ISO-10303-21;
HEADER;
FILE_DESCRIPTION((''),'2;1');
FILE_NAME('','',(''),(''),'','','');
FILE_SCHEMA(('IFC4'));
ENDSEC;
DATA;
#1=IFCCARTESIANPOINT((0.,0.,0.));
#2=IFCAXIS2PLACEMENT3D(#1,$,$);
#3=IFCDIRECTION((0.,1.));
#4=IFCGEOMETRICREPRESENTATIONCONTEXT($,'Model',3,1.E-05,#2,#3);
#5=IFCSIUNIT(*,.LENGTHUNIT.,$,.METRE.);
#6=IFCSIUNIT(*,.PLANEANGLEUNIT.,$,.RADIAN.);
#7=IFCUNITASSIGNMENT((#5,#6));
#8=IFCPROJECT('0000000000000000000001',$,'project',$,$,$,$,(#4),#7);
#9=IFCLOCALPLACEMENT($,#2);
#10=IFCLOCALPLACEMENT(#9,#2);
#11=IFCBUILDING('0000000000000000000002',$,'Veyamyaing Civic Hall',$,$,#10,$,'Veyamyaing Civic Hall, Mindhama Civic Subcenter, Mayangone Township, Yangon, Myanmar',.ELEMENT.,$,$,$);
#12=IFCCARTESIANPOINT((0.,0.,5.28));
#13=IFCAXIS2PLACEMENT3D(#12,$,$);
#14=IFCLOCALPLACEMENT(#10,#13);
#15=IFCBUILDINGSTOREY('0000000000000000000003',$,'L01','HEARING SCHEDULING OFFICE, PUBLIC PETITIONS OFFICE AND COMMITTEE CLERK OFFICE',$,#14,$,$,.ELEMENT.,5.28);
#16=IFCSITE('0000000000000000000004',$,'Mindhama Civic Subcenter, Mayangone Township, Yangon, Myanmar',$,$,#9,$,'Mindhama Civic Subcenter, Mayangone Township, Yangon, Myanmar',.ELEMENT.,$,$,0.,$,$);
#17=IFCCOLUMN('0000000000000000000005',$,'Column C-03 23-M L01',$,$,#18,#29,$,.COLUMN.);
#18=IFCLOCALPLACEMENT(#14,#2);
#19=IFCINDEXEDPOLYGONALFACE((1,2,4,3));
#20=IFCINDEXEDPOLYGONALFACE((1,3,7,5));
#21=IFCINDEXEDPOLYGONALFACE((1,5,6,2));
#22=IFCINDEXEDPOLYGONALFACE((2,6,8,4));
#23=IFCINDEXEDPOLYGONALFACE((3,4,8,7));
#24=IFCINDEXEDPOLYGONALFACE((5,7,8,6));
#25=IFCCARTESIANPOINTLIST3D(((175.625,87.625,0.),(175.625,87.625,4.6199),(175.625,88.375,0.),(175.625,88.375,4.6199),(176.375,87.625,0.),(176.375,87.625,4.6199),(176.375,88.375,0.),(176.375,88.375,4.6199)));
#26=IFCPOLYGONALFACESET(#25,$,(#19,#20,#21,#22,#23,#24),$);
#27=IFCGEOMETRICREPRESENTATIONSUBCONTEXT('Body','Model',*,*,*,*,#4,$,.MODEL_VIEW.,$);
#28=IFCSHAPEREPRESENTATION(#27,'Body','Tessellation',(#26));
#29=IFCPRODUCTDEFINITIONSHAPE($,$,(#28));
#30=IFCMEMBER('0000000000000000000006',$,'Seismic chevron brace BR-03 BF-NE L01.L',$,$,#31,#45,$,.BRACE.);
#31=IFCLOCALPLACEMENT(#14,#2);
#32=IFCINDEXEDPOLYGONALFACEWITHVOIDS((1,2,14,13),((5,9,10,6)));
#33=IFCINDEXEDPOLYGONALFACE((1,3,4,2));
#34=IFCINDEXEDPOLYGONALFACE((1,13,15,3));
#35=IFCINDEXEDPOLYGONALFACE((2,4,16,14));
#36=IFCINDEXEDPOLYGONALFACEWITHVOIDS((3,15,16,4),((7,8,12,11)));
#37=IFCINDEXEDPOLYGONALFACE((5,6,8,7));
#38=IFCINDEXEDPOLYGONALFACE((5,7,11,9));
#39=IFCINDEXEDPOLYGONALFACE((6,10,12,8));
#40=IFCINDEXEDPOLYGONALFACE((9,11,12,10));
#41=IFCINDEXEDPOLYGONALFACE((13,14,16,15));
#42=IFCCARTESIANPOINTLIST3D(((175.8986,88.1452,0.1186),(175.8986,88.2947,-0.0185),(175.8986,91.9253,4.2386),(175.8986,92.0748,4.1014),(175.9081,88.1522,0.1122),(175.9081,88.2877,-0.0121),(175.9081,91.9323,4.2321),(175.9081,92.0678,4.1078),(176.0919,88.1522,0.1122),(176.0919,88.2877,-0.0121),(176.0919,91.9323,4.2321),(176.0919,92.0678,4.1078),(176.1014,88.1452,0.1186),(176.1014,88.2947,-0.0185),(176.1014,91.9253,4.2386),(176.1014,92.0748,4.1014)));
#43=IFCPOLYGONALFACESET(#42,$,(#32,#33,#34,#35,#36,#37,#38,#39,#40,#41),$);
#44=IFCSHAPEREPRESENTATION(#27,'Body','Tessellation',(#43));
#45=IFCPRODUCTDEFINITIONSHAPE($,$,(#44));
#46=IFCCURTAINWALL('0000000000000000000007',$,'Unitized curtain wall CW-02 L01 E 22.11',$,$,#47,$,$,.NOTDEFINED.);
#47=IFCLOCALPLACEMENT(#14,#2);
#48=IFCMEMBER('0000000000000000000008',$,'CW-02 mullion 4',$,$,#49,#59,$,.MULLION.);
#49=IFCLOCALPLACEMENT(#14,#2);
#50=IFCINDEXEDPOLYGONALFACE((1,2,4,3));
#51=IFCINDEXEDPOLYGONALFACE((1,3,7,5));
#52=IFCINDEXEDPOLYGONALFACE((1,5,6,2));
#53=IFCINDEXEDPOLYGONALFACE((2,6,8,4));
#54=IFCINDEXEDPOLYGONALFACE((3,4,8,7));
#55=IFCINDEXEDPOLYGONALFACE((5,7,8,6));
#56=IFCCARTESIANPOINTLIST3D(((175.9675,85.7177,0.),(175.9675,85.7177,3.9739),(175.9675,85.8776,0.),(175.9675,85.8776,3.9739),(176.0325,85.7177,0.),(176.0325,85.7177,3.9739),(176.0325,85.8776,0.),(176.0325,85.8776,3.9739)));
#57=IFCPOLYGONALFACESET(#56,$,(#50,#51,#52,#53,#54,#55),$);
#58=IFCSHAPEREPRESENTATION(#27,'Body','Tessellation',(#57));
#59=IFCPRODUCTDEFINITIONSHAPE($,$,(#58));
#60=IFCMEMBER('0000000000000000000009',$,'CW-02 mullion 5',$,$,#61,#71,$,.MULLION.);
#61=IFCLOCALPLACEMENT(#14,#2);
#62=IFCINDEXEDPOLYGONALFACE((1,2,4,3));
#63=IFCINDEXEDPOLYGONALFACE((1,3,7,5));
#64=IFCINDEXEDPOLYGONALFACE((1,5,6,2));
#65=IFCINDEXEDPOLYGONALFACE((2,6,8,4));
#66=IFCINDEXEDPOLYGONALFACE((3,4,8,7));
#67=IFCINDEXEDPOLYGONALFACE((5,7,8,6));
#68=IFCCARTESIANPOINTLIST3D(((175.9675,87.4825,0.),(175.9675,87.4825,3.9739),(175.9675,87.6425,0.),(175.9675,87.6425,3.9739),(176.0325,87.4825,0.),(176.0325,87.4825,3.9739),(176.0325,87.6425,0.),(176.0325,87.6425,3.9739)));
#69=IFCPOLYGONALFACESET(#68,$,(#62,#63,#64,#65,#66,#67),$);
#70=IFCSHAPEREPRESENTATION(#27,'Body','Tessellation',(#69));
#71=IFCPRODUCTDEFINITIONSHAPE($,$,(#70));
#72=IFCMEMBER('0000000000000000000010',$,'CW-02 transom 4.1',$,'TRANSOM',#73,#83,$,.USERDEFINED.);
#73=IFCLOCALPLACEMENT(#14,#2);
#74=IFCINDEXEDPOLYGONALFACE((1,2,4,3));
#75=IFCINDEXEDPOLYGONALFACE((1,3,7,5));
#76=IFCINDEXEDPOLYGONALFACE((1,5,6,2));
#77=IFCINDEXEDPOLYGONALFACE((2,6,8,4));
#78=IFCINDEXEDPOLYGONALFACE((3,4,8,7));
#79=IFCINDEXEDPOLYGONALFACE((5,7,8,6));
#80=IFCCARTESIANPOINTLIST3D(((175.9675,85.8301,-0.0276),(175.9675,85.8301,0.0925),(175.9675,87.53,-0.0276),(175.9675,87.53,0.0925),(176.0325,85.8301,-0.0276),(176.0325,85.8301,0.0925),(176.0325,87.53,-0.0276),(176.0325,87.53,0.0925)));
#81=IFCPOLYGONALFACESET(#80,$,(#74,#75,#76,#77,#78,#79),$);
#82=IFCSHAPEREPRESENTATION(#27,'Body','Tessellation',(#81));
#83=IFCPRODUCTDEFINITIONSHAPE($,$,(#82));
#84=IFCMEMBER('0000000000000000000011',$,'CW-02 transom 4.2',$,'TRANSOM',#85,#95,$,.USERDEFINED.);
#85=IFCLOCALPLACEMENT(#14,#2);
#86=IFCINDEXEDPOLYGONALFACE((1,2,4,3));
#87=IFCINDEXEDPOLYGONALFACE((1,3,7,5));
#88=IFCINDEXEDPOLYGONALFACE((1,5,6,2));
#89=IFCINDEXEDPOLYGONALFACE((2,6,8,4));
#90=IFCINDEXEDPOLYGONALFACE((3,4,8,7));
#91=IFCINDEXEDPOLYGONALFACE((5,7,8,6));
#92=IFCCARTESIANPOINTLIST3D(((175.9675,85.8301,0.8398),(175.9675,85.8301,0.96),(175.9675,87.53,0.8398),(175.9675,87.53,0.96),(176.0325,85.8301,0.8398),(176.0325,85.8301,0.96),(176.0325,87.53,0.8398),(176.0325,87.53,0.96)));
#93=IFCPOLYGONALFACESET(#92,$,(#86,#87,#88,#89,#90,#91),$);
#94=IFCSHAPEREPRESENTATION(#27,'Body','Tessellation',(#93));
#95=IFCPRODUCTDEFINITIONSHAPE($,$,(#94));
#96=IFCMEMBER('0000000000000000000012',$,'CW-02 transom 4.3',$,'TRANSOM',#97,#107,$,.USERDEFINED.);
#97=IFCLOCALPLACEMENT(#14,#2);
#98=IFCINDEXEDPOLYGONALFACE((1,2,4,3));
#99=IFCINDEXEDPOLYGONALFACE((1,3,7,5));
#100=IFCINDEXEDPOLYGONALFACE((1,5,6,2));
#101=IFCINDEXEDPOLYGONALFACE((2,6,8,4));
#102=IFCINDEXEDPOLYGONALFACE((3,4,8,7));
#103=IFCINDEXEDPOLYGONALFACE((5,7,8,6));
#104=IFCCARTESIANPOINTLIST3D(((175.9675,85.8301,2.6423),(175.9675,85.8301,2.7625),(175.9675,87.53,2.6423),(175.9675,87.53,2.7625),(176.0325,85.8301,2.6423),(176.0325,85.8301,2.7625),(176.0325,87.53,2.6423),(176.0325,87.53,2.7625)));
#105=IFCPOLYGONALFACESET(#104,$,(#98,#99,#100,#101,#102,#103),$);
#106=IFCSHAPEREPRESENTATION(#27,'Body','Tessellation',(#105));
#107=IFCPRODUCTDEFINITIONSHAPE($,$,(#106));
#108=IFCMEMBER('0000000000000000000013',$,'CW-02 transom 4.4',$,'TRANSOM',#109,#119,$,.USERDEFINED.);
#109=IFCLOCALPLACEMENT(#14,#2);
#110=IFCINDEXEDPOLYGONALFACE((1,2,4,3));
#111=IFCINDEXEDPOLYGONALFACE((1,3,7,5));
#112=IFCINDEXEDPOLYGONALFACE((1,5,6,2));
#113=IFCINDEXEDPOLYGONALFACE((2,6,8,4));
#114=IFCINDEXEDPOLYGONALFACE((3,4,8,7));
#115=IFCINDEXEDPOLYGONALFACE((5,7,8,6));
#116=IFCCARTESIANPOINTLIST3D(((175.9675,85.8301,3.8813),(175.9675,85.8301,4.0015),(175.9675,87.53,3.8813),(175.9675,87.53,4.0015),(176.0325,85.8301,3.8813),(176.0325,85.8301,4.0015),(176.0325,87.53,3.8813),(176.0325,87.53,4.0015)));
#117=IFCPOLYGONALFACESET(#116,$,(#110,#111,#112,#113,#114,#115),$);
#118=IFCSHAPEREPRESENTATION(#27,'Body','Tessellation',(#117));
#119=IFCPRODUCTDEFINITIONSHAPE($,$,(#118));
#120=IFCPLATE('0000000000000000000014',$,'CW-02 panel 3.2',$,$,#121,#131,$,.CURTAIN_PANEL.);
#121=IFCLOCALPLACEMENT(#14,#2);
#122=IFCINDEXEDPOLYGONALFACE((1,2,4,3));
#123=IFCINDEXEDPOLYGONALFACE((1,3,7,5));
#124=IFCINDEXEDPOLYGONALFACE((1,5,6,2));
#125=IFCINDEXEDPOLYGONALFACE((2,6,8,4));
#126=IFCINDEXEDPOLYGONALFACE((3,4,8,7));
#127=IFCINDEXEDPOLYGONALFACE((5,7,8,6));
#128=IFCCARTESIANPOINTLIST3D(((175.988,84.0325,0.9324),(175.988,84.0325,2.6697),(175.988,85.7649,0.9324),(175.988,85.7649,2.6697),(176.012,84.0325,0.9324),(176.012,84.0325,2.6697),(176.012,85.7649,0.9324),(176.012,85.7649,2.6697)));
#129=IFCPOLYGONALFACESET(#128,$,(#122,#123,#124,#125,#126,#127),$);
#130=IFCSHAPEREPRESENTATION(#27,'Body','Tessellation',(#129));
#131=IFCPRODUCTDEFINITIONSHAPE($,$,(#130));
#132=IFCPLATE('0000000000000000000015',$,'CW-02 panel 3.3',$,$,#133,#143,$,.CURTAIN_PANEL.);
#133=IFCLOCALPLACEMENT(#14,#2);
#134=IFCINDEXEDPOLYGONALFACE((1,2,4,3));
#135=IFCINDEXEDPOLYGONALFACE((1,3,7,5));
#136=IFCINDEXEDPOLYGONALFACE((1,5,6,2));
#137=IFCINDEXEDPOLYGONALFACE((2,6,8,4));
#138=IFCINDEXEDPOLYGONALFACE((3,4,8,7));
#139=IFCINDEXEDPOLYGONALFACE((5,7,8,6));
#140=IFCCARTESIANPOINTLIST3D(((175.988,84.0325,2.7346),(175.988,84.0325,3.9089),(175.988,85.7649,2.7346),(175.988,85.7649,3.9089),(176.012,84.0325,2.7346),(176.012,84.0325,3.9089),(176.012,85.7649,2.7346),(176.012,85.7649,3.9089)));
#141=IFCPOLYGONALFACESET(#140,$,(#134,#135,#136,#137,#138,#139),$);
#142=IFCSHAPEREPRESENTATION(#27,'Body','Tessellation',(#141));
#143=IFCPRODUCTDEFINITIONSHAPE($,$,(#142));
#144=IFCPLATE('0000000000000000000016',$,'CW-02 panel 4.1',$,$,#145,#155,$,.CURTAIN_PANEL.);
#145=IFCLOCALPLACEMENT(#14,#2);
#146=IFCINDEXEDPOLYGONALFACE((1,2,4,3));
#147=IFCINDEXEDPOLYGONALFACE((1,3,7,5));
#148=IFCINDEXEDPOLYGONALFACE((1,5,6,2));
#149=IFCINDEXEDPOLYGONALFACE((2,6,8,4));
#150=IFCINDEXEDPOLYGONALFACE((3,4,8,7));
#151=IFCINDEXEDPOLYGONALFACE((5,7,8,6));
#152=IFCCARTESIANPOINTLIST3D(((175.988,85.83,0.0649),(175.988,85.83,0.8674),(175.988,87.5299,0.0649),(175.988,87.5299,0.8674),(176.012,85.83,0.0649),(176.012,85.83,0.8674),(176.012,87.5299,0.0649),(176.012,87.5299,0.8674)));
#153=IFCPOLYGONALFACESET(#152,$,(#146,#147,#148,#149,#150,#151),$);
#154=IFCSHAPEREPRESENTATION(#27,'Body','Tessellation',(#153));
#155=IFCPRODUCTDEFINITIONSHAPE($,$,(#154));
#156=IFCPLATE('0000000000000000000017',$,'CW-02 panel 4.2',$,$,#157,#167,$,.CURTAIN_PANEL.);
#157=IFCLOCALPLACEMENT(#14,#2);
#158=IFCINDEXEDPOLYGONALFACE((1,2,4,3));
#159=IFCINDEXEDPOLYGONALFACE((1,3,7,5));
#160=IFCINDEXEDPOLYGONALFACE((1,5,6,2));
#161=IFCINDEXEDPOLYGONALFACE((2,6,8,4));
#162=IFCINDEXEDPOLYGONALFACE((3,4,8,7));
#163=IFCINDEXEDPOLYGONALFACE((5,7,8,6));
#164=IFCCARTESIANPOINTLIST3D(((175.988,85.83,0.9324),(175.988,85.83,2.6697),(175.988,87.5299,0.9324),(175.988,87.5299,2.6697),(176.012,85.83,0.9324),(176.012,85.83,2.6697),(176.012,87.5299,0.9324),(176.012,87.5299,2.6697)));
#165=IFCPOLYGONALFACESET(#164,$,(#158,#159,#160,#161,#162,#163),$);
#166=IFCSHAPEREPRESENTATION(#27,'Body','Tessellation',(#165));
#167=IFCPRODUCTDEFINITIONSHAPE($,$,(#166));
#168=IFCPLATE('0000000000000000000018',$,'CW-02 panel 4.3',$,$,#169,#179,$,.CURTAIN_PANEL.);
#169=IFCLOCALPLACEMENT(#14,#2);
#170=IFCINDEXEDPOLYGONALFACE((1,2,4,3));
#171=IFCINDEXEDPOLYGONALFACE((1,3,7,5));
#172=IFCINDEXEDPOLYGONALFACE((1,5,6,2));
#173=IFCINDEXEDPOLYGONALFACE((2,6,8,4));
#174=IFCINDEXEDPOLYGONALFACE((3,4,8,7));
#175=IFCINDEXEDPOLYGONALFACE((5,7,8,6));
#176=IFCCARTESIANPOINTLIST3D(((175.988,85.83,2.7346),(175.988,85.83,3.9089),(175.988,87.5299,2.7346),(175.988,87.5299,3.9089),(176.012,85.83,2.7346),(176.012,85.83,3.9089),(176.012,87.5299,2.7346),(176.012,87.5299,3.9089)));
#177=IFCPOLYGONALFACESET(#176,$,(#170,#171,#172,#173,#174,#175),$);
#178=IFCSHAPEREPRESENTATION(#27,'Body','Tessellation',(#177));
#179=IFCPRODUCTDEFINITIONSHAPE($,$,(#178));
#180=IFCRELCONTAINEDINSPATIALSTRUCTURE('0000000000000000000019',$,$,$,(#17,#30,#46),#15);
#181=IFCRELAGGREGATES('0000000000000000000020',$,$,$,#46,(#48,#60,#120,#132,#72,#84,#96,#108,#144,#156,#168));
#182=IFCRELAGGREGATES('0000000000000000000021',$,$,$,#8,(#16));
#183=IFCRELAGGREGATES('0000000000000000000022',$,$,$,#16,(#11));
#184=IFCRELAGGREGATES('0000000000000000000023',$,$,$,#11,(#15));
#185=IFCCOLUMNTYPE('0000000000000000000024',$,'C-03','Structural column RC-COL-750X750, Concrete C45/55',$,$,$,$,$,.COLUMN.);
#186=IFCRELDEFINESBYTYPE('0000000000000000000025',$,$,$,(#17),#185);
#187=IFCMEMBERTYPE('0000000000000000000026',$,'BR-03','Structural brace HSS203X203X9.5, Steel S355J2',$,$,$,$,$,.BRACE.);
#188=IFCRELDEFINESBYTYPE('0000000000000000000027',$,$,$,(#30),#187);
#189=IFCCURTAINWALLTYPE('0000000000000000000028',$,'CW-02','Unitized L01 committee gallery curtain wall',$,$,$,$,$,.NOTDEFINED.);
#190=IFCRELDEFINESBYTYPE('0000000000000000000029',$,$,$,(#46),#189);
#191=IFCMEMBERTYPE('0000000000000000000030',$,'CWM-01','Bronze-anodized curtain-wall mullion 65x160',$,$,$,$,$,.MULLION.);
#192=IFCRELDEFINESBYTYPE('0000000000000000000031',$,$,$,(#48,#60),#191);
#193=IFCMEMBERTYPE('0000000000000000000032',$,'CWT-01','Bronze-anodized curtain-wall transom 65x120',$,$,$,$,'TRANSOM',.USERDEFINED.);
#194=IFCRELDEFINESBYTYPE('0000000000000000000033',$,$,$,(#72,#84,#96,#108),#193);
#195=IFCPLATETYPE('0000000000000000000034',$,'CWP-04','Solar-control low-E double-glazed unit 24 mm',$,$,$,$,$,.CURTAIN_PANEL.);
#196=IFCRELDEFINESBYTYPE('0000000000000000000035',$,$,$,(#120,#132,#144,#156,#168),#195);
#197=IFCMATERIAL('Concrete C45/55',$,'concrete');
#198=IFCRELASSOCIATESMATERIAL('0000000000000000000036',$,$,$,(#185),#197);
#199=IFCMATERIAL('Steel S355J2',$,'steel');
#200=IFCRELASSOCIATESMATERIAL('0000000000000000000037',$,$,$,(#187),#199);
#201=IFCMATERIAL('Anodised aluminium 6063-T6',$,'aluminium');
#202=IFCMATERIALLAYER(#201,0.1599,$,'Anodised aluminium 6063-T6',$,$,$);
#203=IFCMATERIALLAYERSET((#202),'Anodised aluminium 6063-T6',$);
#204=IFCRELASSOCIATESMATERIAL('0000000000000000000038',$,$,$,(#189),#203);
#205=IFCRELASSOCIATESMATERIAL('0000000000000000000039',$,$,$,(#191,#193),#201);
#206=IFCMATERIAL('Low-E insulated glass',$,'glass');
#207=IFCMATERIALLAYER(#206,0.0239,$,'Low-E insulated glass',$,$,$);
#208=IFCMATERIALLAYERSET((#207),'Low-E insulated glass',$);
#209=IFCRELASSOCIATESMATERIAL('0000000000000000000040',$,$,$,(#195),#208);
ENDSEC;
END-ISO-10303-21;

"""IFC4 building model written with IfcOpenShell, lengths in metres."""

from ifc_helpers import new_model, si_unit, direction, frame, origin, origin_2d, place, context, subcontext, project, spatial, rectangle, hollow_rectangle, extrude, material, layer, layer_set, material_profile, profile_set, type_object, element, aggregate, save


model = new_model("IFC4")

# Units and contexts
model_context = context("Model", 3, precision=1e-05, world=origin(), true_north=direction((0.0, 1.0)))
body_context = subcontext(model_context, "Body", "Model", "MODEL_VIEW")
ifc_project = project(units=[si_unit("LENGTHUNIT", "METRE"), si_unit("PLANEANGLEUNIT", "RADIAN")], contexts=[model_context])

# Site, building, storey
site_placement = place(None, origin())
site = spatial("IfcSite", under=ifc_project, at=site_placement, Name="Mindhama Civic Subcenter, Mayangone Township, Yangon, Myanmar", LongName="Mindhama Civic Subcenter, Mayangone Township, Yangon, Myanmar", CompositionType="ELEMENT", RefElevation=0.0)
building_placement = place(site_placement, origin())
building = spatial("IfcBuilding", under=site, at=building_placement, Name="Veyamyaing Civic Hall", LongName="Veyamyaing Civic Hall, Mindhama Civic Subcenter, Mayangone Township, Yangon, Myanmar", CompositionType="ELEMENT")
storey_placement = place(building_placement, frame((0.0, 0.0, 5.28)))
storey = spatial("IfcBuildingStorey", under=building, at=storey_placement, Name="L01", Description="HEARING SCHEDULING OFFICE, PUBLIC PETITIONS OFFICE AND COMMITTEE CLERK OFFICE", CompositionType="ELEMENT", Elevation=5.28)

# Column
ifc_material_1 = material(Name="Concrete C45/55", Category="concrete")
ifc_material_profile_1 = material_profile(ifc_material_1, rectangle(XDim=0.75, YDim=0.75, at=origin_2d()), Name="RC-COL-750X750")
ifc_profile_set_1 = profile_set([ifc_material_profile_1], Name="Concrete C45/55")
column_type = type_object("IfcColumnType", Name="C-03", Description="Structural column RC-COL-750X750, Concrete C45/55", PredefinedType="COLUMN", material=ifc_profile_set_1)
column_placement = place(storey_placement, frame((176.0, 88.0, 0.0), z_axis=(0.0, 0.0, 1.0), x_axis=(1.0, 0.0, 0.0)))
element("IfcColumn", 1, at=column_placement, inside=storey, type_object=column_type, Name="Column C-03 23-M L01", PredefinedType="COLUMN", context=body_context, shape_type="SweptSolid", body=[
    extrude(rectangle(XDim=0.75, YDim=0.75, at=origin_2d()), origin(), (0.0, 0.0, 1.0), 4.6199),
])

# Member
ifc_material_2 = material(Name="Steel S355J2", Category="steel")
ifc_material_profile_2 = material_profile(ifc_material_2, hollow_rectangle(XDim=0.2029, YDim=0.2029, WallThickness=0.0095, at=origin_2d()), Name="HSS203X203X9.5")
ifc_profile_set_2 = profile_set([ifc_material_profile_2], Name="Steel S355J2")
member_type_1 = type_object("IfcMemberType", Name="BR-03", Description="Structural brace HSS203X203X9.5, Steel S355J2", PredefinedType="BRACE", material=ifc_profile_set_2)
member_1_placement = place(storey_placement, frame((176.0, 88.22, 0.05), z_axis=(0.0, 0.676063, 0.736844), x_axis=(-1.0, 0.0, 0.0)))
element("IfcMember", 2, at=member_1_placement, inside=storey, type_object=member_type_1, Name="Seismic chevron brace BR-03 BF-NE L01.L", PredefinedType="BRACE", context=body_context, shape_type="SweptSolid", body=[
    extrude(hollow_rectangle(XDim=0.2029, YDim=0.2029, WallThickness=0.0095, at=origin_2d()), origin(), (0.0, 0.0, 1.0), 5.5913),
])

# Curtain wall, members, plates
ifc_material_3 = material(Name="Anodised aluminium 6063-T6", Category="aluminium")
ifc_layer_1 = layer(ifc_material_3, 0.1599, Name="Anodised aluminium 6063-T6")
ifc_layer_set_1 = layer_set([ifc_layer_1], Name="Anodised aluminium 6063-T6")
curtain_wall_type = type_object("IfcCurtainWallType", Name="CW-02", Description="Unitized L01 committee gallery curtain wall", PredefinedType="NOTDEFINED", material=ifc_layer_set_1)
curtain_wall_placement = place(storey_placement, origin())
curtain_wall = element("IfcCurtainWall", 3, at=curtain_wall_placement, inside=storey, type_object=curtain_wall_type, Name="Unitized curtain wall CW-02 L01 E 22.11", PredefinedType="NOTDEFINED")
ifc_material_profile_3 = material_profile(ifc_material_3, rectangle(XDim=0.0649, YDim=0.1599, at=origin_2d()), Name="ALU-MUL-65X160")
ifc_profile_set_3 = profile_set([ifc_material_profile_3], Name="Anodised aluminium 6063-T6")
member_type_2 = type_object("IfcMemberType", Name="CWM-01", Description="Bronze-anodized curtain-wall mullion 65x160", PredefinedType="MULLION", material=ifc_profile_set_3)
member_2_placement = place(storey_placement, frame((176.0, 85.7976, 0.0), z_axis=(0.0, 0.0, 1.0), x_axis=(-1.0, 0.0, 0.0)))
member_2 = element("IfcMember", 4, at=member_2_placement, type_object=member_type_2, Name="CW-02 mullion 4", PredefinedType="MULLION", context=body_context, shape_type="SweptSolid", body=[
    extrude(rectangle(XDim=0.0649, YDim=0.1599, at=origin_2d()), origin(), (0.0, 0.0, 1.0), 3.9739),
])
member_3_placement = place(storey_placement, frame((176.0, 87.5625, 0.0), z_axis=(0.0, 0.0, 1.0), x_axis=(-1.0, 0.0, 0.0)))
member_3 = element("IfcMember", 5, at=member_3_placement, type_object=member_type_2, Name="CW-02 mullion 5", PredefinedType="MULLION", context=body_context, shape_type="SweptSolid", body=[
    extrude(rectangle(XDim=0.0649, YDim=0.1599, at=origin_2d()), origin(), (0.0, 0.0, 1.0), 3.9739),
])
ifc_material_profile_4 = material_profile(ifc_material_3, rectangle(XDim=0.0649, YDim=0.1201, at=origin_2d()), Name="ALU-TRN-65X120")
ifc_profile_set_4 = profile_set([ifc_material_profile_4], Name="Anodised aluminium 6063-T6")
member_type_3 = type_object("IfcMemberType", Name="CWT-01", Description="Bronze-anodized curtain-wall transom 65x120", ElementType="TRANSOM", PredefinedType="USERDEFINED", material=ifc_profile_set_4)
member_4_placement = place(storey_placement, frame((176.0, 85.8301, 0.0325), z_axis=(0.0, 1.0, 0.0), x_axis=(-1.0, 0.0, 0.0)))
member_4 = element("IfcMember", 6, at=member_4_placement, type_object=member_type_3, Name="CW-02 transom 4.1", ObjectType="TRANSOM", PredefinedType="USERDEFINED", context=body_context, shape_type="SweptSolid", body=[
    extrude(rectangle(XDim=0.0649, YDim=0.1201, at=origin_2d()), origin(), (0.0, 0.0, 1.0), 1.7),
])
member_5_placement = place(storey_placement, frame((176.0, 85.8301, 0.8999), z_axis=(0.0, 1.0, 0.0), x_axis=(-1.0, 0.0, 0.0)))
member_5 = element("IfcMember", 7, at=member_5_placement, type_object=member_type_3, Name="CW-02 transom 4.2", ObjectType="TRANSOM", PredefinedType="USERDEFINED", context=body_context, shape_type="SweptSolid", body=[
    extrude(rectangle(XDim=0.0649, YDim=0.1201, at=origin_2d()), origin(), (0.0, 0.0, 1.0), 1.7),
])
member_6_placement = place(storey_placement, frame((176.0, 85.8301, 2.7024), z_axis=(0.0, 1.0, 0.0), x_axis=(-1.0, 0.0, 0.0)))
member_6 = element("IfcMember", 8, at=member_6_placement, type_object=member_type_3, Name="CW-02 transom 4.3", ObjectType="TRANSOM", PredefinedType="USERDEFINED", context=body_context, shape_type="SweptSolid", body=[
    extrude(rectangle(XDim=0.0649, YDim=0.1201, at=origin_2d()), origin(), (0.0, 0.0, 1.0), 1.7),
])
member_7_placement = place(storey_placement, frame((176.0, 85.8301, 3.9414), z_axis=(0.0, 1.0, 0.0), x_axis=(-1.0, 0.0, 0.0)))
member_7 = element("IfcMember", 9, at=member_7_placement, type_object=member_type_3, Name="CW-02 transom 4.4", ObjectType="TRANSOM", PredefinedType="USERDEFINED", context=body_context, shape_type="SweptSolid", body=[
    extrude(rectangle(XDim=0.0649, YDim=0.1201, at=origin_2d()), origin(), (0.0, 0.0, 1.0), 1.7),
])
ifc_material_4 = material(Name="Low-E insulated glass", Category="glass")
ifc_layer_2 = layer(ifc_material_4, 0.0239, Name="Low-E insulated glass")
ifc_layer_set_2 = layer_set([ifc_layer_2], Name="Low-E insulated glass")
plate_type_1 = type_object("IfcPlateType", Name="CWP-04", Description="Solar-control low-E double-glazed unit 24 mm", PredefinedType="CURTAIN_PANEL", material=ifc_layer_set_2)
plate_1_placement = place(storey_placement, frame((176.0, 84.8987, 0.9324), z_axis=(0.0, 0.0, 1.0), x_axis=(0.0, 1.0, 0.0)))
plate_1 = element("IfcPlate", 10, at=plate_1_placement, type_object=plate_type_1, Name="CW-02 panel 3.2", PredefinedType="CURTAIN_PANEL", context=body_context, shape_type="SweptSolid", body=[
    extrude(rectangle(XDim=1.7324, YDim=0.0239, at=origin_2d()), origin(), (0.0, 0.0, 1.0), 1.7373),
])
plate_2_placement = place(storey_placement, frame((176.0, 84.8987, 2.7346), z_axis=(0.0, 0.0, 1.0), x_axis=(0.0, 1.0, 0.0)))
plate_2 = element("IfcPlate", 11, at=plate_2_placement, type_object=plate_type_1, Name="CW-02 panel 3.3", PredefinedType="CURTAIN_PANEL", context=body_context, shape_type="SweptSolid", body=[
    extrude(rectangle(XDim=1.7324, YDim=0.0239, at=origin_2d()), origin(), (0.0, 0.0, 1.0), 1.1743),
])
plate_3_placement = place(storey_placement, frame((176.0, 86.6799, 0.0649), z_axis=(0.0, 0.0, 1.0), x_axis=(0.0, 1.0, 0.0)))
plate_3 = element("IfcPlate", 12, at=plate_3_placement, type_object=plate_type_1, Name="CW-02 panel 4.1", PredefinedType="CURTAIN_PANEL", context=body_context, shape_type="SweptSolid", body=[
    extrude(rectangle(XDim=1.7, YDim=0.0239, at=origin_2d()), origin(), (0.0, 0.0, 1.0), 0.8025),
])
plate_4_placement = place(storey_placement, frame((176.0, 86.6799, 0.9324), z_axis=(0.0, 0.0, 1.0), x_axis=(0.0, 1.0, 0.0)))
plate_4 = element("IfcPlate", 13, at=plate_4_placement, type_object=plate_type_1, Name="CW-02 panel 4.2", PredefinedType="CURTAIN_PANEL", context=body_context, shape_type="SweptSolid", body=[
    extrude(rectangle(XDim=1.7, YDim=0.0239, at=origin_2d()), origin(), (0.0, 0.0, 1.0), 1.7373),
])
plate_5_placement = place(storey_placement, frame((176.0, 86.6799, 2.7346), z_axis=(0.0, 0.0, 1.0), x_axis=(0.0, 1.0, 0.0)))
plate_5 = element("IfcPlate", 14, at=plate_5_placement, type_object=plate_type_1, Name="CW-02 panel 4.3", PredefinedType="CURTAIN_PANEL", context=body_context, shape_type="SweptSolid", body=[
    extrude(rectangle(XDim=1.7, YDim=0.0239, at=origin_2d()), origin(), (0.0, 0.0, 1.0), 1.1743),
])
aggregate(curtain_wall, [member_2, member_3, plate_1, plate_2, member_4, member_5, member_6, member_7, plate_3, plate_4, plate_5])

save(model, "model.ifc")
